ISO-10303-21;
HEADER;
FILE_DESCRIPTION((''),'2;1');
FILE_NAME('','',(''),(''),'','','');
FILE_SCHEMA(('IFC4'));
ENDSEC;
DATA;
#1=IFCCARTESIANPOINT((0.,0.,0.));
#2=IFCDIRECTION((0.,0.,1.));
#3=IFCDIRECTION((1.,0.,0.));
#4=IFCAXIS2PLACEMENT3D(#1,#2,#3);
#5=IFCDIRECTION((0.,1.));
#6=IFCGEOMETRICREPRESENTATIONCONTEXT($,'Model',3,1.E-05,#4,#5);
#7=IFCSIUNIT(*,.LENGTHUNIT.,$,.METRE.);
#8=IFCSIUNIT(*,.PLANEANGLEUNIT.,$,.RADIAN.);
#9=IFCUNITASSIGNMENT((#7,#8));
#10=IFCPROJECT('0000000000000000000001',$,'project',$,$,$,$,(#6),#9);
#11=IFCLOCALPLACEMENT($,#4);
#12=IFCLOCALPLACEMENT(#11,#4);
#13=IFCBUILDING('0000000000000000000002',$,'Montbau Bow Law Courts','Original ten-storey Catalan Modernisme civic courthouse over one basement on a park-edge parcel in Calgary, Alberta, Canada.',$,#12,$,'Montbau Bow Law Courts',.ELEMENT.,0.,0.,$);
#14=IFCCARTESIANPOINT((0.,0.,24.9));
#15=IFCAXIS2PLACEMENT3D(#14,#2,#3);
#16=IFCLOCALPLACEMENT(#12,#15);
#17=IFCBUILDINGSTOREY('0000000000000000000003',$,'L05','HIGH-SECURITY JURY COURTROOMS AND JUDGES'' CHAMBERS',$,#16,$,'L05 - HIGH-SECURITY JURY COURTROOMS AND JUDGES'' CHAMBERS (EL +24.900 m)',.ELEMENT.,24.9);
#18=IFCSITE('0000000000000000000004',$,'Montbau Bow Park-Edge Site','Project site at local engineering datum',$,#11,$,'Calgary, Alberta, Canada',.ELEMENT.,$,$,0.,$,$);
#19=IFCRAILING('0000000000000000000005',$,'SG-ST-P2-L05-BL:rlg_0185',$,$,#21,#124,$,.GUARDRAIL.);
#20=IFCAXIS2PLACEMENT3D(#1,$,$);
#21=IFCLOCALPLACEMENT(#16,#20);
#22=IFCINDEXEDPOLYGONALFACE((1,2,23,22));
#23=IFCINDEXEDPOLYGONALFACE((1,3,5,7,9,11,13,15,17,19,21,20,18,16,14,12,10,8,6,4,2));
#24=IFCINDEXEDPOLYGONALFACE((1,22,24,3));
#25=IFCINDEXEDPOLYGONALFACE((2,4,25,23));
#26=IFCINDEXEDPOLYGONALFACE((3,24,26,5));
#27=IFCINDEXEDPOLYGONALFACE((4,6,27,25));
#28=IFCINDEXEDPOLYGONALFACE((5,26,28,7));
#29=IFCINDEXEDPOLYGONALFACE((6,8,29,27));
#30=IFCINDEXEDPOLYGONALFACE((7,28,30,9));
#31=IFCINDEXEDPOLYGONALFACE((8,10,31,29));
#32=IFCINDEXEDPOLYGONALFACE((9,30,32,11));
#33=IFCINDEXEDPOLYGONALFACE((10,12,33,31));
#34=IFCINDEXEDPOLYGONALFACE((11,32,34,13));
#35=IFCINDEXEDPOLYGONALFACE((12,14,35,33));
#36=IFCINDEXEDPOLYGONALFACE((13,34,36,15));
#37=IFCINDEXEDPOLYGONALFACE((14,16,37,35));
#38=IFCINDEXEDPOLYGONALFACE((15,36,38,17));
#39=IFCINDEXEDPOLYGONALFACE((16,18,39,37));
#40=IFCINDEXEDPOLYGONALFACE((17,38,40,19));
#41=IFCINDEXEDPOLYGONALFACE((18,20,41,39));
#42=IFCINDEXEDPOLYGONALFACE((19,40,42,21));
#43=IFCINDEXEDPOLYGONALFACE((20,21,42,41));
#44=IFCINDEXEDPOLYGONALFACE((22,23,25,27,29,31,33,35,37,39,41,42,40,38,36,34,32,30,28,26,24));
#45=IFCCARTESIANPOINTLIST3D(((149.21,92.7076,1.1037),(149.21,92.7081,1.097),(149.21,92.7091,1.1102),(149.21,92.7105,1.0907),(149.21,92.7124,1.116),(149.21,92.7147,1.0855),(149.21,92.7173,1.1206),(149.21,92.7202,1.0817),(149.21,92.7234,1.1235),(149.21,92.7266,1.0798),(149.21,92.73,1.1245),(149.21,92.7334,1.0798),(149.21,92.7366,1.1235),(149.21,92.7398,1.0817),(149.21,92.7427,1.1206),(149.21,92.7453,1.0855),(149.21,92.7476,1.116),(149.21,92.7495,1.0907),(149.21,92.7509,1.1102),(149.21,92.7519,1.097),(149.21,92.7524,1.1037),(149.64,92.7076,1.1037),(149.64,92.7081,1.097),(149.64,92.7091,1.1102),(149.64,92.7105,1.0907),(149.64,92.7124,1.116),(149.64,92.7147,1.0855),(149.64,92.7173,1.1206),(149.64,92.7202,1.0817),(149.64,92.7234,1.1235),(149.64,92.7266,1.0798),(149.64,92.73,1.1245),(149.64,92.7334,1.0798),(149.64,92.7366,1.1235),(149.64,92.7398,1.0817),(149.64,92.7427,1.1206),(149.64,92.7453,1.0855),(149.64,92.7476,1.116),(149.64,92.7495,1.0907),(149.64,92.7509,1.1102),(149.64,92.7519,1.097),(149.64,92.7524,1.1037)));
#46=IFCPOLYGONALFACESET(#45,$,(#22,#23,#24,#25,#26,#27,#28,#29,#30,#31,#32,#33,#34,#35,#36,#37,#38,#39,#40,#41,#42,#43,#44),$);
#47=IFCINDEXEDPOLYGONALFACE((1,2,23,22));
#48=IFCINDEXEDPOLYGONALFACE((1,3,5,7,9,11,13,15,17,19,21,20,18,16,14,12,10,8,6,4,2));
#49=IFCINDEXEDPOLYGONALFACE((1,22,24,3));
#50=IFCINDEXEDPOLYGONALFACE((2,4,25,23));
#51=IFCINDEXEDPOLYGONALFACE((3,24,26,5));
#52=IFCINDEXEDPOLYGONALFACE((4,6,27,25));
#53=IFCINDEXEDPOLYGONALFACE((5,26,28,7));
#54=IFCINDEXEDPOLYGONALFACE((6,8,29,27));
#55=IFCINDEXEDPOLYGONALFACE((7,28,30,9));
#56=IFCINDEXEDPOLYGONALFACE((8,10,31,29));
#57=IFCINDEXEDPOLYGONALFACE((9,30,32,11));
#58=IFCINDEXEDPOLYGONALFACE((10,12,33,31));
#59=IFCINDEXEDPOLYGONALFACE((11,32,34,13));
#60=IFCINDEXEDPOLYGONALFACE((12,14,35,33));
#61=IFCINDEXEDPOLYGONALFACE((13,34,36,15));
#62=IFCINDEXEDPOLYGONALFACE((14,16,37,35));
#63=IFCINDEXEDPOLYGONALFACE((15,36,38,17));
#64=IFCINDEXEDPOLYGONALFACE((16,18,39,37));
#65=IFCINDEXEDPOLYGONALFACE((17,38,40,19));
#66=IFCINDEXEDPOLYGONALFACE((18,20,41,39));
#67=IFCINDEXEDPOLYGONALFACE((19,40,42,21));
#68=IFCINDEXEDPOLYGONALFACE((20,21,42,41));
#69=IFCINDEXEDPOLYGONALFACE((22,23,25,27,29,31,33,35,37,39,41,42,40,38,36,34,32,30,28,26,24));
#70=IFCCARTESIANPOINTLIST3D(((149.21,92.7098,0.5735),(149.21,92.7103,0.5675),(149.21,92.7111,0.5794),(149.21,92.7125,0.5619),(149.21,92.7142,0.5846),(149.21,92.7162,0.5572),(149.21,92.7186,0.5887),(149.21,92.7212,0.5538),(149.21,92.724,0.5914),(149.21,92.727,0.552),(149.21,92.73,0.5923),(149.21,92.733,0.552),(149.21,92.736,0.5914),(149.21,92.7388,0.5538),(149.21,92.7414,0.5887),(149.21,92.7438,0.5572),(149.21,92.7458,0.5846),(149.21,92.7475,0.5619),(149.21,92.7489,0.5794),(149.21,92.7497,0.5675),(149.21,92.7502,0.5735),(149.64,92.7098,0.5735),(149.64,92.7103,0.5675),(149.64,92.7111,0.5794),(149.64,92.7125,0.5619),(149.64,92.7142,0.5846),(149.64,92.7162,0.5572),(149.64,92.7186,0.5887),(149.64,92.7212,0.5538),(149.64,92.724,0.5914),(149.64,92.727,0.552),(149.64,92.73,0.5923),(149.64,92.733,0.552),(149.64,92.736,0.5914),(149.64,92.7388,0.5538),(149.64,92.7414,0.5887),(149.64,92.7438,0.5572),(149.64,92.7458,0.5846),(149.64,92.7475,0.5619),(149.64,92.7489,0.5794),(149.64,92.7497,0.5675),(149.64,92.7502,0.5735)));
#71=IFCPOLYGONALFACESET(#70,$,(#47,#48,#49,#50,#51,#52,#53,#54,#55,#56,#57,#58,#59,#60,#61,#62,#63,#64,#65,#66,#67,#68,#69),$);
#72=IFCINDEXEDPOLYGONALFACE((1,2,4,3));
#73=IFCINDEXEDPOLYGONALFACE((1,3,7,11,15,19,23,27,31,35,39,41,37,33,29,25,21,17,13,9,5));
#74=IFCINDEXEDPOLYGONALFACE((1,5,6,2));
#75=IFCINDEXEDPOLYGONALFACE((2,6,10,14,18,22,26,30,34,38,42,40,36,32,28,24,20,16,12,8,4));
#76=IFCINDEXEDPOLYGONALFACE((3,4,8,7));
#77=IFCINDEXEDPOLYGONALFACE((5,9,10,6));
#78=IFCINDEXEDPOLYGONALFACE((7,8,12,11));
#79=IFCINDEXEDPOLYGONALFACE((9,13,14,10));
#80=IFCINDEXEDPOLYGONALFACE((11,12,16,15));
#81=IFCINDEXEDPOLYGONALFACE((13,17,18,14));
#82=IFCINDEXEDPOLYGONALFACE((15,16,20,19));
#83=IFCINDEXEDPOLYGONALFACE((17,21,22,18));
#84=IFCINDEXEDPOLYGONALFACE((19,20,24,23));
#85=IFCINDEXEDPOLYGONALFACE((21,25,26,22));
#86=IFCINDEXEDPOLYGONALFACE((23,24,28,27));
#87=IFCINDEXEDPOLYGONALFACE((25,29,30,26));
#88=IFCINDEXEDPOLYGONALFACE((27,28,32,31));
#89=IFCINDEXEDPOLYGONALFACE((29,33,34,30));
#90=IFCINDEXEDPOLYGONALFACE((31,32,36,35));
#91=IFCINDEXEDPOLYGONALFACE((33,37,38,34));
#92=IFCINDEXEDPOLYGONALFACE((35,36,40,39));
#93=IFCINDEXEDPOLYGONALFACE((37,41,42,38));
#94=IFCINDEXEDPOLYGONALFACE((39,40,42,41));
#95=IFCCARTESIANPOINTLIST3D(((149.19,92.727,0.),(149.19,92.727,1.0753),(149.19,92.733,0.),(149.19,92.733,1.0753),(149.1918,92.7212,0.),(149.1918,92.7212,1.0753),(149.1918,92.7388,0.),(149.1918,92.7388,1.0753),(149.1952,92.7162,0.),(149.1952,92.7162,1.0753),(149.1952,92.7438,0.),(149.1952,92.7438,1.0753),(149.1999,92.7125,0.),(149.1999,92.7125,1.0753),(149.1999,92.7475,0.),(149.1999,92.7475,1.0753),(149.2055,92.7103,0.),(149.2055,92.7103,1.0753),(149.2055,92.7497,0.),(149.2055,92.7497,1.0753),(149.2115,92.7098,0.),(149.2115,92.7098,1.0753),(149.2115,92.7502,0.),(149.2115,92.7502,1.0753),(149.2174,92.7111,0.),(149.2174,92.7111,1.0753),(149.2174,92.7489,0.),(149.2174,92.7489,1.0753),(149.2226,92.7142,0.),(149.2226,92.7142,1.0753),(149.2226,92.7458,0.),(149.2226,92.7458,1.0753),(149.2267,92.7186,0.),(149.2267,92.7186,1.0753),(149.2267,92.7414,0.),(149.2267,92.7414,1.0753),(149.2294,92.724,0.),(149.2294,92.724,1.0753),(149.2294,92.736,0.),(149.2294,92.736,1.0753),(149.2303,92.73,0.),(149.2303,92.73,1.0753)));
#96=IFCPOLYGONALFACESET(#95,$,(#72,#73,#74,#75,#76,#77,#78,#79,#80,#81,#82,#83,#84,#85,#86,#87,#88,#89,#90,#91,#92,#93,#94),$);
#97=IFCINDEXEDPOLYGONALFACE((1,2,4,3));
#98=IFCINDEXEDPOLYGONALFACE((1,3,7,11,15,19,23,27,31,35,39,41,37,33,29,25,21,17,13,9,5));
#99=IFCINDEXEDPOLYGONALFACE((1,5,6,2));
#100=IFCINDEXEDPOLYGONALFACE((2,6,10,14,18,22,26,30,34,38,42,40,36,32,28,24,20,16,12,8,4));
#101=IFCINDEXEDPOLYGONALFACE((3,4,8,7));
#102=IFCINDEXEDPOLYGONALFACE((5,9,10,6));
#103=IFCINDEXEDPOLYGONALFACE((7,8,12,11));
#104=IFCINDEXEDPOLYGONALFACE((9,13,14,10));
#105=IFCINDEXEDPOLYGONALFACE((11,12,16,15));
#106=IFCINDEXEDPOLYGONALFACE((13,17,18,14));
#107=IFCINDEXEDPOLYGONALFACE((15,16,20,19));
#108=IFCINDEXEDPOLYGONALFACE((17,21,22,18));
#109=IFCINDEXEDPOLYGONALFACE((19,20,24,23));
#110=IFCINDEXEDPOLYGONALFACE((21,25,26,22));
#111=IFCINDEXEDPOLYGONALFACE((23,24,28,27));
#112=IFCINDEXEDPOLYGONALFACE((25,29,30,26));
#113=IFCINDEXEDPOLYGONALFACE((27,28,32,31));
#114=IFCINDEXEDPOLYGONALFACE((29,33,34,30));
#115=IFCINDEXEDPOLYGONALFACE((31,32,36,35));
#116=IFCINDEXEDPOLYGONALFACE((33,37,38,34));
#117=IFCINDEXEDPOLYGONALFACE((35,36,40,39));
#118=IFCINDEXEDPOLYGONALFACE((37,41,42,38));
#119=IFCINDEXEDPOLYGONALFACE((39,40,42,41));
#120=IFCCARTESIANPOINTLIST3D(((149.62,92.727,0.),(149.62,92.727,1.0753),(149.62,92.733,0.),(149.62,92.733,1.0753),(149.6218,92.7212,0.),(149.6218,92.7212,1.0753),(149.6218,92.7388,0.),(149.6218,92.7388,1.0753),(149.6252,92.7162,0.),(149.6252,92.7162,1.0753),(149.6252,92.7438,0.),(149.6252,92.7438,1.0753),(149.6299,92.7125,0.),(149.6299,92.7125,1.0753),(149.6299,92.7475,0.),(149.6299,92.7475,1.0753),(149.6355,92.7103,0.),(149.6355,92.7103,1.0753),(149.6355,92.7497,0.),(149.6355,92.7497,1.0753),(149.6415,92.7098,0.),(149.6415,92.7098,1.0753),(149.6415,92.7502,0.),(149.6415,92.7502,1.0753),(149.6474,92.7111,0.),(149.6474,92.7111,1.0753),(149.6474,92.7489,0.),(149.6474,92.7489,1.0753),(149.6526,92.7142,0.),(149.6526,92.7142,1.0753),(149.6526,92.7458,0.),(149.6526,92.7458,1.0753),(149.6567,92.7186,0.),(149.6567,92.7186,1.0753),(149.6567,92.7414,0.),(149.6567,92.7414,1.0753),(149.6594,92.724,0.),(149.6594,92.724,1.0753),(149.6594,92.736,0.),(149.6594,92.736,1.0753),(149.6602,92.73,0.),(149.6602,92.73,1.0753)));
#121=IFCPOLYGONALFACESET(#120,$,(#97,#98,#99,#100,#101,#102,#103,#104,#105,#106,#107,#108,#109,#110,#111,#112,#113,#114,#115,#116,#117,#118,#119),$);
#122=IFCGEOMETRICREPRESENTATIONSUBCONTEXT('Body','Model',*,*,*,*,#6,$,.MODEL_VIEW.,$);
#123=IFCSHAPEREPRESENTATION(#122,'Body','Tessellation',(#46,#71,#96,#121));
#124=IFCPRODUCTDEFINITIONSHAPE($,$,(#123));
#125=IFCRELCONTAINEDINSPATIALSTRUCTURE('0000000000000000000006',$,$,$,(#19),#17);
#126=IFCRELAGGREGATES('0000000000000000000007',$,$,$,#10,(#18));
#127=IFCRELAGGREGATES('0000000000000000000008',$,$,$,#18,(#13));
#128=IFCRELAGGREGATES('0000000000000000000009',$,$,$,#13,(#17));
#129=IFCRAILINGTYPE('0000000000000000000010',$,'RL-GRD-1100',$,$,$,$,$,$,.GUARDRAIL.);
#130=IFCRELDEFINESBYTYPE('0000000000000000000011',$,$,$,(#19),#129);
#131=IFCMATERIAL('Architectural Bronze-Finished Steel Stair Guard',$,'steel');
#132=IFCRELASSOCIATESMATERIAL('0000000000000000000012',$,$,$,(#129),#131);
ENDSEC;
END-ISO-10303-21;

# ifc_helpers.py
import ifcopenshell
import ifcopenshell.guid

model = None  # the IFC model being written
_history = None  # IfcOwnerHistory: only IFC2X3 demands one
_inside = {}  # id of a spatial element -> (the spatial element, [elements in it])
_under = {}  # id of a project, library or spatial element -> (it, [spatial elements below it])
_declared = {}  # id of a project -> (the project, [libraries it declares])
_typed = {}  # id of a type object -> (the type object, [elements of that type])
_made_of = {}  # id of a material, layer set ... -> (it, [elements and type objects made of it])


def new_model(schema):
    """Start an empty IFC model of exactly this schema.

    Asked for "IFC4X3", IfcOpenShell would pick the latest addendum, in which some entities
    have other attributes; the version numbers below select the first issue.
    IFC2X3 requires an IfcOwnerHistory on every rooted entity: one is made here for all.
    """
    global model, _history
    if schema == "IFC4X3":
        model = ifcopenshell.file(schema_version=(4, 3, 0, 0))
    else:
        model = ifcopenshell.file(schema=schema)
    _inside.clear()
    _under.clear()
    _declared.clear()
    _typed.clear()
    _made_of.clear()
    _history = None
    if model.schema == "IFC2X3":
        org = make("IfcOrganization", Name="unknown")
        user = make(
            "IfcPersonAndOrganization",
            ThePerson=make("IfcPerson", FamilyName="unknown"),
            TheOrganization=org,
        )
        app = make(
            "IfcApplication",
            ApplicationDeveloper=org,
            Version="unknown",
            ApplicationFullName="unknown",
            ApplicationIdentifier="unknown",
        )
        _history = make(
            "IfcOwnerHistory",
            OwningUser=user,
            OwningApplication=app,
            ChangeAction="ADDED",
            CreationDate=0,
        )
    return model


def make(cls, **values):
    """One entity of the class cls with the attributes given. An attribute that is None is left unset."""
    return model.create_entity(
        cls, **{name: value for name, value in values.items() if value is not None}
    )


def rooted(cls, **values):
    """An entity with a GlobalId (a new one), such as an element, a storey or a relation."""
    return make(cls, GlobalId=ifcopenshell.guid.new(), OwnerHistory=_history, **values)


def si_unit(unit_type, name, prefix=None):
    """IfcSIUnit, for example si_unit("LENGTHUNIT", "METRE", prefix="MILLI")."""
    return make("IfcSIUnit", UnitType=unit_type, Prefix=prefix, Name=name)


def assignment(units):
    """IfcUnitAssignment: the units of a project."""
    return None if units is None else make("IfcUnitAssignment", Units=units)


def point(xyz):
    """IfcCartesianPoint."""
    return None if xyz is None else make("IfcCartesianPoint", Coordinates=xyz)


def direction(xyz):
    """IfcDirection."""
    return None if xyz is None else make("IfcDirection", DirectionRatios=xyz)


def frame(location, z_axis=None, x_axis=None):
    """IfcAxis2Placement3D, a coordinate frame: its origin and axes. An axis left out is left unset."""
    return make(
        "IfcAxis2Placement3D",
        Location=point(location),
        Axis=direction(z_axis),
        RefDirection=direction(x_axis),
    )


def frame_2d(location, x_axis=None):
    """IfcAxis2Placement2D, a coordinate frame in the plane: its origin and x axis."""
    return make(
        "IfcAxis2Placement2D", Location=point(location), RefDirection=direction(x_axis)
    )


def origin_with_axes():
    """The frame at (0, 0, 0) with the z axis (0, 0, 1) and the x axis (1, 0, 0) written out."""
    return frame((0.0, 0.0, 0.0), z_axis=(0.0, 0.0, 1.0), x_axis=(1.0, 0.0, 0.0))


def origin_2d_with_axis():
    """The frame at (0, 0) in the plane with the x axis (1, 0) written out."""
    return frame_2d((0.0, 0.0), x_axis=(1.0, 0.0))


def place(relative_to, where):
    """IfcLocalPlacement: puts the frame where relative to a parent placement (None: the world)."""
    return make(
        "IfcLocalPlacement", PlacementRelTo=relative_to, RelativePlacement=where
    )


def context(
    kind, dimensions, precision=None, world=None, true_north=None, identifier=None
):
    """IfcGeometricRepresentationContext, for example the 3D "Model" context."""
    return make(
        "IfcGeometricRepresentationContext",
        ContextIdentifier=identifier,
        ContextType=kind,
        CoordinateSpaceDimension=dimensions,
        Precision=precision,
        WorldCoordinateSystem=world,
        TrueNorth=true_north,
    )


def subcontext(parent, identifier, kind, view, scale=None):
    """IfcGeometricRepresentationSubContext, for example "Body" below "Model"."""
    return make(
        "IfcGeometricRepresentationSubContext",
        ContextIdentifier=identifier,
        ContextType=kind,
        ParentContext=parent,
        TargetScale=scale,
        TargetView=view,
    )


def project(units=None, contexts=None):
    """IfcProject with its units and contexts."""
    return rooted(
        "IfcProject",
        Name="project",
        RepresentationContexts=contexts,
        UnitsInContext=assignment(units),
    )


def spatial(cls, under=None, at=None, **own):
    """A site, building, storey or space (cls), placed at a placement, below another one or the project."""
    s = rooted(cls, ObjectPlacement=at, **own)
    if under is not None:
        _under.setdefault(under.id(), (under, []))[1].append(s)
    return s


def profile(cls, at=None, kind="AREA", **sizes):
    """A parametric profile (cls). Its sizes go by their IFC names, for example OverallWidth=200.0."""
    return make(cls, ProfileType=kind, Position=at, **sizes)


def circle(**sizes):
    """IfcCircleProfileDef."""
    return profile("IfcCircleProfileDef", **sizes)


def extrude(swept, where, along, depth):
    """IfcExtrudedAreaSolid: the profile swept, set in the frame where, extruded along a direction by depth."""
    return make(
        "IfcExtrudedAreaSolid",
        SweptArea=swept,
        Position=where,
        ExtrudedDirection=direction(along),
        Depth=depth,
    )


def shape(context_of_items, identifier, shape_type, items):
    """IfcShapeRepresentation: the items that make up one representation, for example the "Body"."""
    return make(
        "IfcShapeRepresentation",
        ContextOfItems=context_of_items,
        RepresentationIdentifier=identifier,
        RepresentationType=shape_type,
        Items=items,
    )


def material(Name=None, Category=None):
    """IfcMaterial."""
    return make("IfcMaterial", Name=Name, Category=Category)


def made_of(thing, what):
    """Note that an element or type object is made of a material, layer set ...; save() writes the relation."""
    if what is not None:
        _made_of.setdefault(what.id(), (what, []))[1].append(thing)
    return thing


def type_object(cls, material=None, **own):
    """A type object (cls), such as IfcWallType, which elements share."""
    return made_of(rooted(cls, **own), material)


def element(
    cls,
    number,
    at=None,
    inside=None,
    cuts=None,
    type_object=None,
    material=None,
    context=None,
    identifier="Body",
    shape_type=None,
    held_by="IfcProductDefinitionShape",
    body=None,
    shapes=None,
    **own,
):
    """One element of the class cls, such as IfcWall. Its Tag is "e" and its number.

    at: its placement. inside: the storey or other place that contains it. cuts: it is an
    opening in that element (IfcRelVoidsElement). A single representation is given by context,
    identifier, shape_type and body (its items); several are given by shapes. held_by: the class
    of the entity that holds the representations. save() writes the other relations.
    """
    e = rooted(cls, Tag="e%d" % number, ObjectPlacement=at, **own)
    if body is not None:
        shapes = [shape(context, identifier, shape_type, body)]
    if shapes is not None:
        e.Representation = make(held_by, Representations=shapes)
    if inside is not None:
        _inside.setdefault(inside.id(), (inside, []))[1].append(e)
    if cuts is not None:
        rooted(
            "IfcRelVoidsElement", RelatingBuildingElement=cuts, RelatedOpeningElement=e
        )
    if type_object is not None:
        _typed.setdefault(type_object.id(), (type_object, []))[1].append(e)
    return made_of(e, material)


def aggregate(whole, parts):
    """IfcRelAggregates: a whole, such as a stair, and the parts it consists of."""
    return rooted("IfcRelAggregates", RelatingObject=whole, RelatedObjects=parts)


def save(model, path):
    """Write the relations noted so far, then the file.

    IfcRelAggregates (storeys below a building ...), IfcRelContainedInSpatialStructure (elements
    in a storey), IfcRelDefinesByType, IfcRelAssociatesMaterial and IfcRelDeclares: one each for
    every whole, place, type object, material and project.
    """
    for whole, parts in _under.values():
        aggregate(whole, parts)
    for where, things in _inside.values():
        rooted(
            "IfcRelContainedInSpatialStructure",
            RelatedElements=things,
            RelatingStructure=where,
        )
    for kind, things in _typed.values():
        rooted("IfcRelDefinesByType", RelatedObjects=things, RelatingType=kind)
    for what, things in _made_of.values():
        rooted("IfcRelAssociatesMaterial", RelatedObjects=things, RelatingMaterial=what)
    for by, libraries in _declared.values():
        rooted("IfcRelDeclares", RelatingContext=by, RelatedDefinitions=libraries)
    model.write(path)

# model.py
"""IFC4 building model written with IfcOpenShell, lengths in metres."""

from ifc_helpers import new_model, si_unit, direction, frame, origin_with_axes, origin_2d_with_axis, place, context, subcontext, project, spatial, circle, extrude, material, type_object, element, save


model = new_model("IFC4")

# Units and contexts
model_context = context("Model", 3, precision=1e-05, world=origin_with_axes(), true_north=direction((0.0, 1.0)))
body_context = subcontext(model_context, "Body", "Model", "MODEL_VIEW")
ifc_project = project(units=[si_unit("LENGTHUNIT", "METRE"), si_unit("PLANEANGLEUNIT", "RADIAN")], contexts=[model_context])

# Site, building, storey
site_placement = place(None, origin_with_axes())
site = spatial("IfcSite", under=ifc_project, at=site_placement, Name="Montbau Bow Park-Edge Site", Description="Project site at local engineering datum", LongName="Calgary, Alberta, Canada", CompositionType="ELEMENT", RefElevation=0.0)
building_placement = place(site_placement, origin_with_axes())
building = spatial("IfcBuilding", under=site, at=building_placement, Name="Montbau Bow Law Courts", Description="Original ten-storey Catalan Modernisme civic courthouse over one basement on a park-edge parcel in Calgary, Alberta, Canada.", LongName="Montbau Bow Law Courts", CompositionType="ELEMENT", ElevationOfRefHeight=0.0, ElevationOfTerrain=0.0)
storey_placement = place(building_placement, frame((0.0, 0.0, 24.9), z_axis=(0.0, 0.0, 1.0), x_axis=(1.0, 0.0, 0.0)))
storey = spatial("IfcBuildingStorey", under=building, at=storey_placement, Name="L05", Description="HIGH-SECURITY JURY COURTROOMS AND JUDGES' CHAMBERS", LongName="L05 - HIGH-SECURITY JURY COURTROOMS AND JUDGES' CHAMBERS (EL +24.900 m)", CompositionType="ELEMENT", Elevation=24.9)

# Railing
ifc_material_1 = material(Name="Architectural Bronze-Finished Steel Stair Guard", Category="steel")
railing_type_1 = type_object("IfcRailingType", Name="RL-GRD-1100", PredefinedType="GUARDRAIL", material=ifc_material_1)
railing_1_placement = place(None, origin_with_axes())
element("IfcRailing", 1, at=railing_1_placement, inside=storey, type_object=railing_type_1, Name="SG-ST-P2-L05-BL:rlg_0185", PredefinedType="GUARDRAIL", context=body_context, shape_type="SweptSolid", body=[
    extrude(circle(Radius=0.0225, at=origin_2d_with_axis()), frame((149.21, 92.73, 26.002), z_axis=(1.0, 0.0, 0.0), x_axis=(0.0, 0.0, 1.0)), (0.0, 0.0, 1.0), 0.43),
    extrude(circle(Radius=0.0203, at=origin_2d_with_axis()), frame((149.21, 92.73, 25.472), z_axis=(1.0, 0.0, 0.0), x_axis=(0.0, 0.0, 1.0)), (0.0, 0.0, 1.0), 0.43),
    extrude(circle(Radius=0.0203, at=origin_2d_with_axis()), frame((149.21, 92.73, 24.9), z_axis=(0.0, 0.0, 1.0), x_axis=(1.0, 0.0, 0.0)), (0.0, 0.0, 1.0), 1.0753),
    extrude(circle(Radius=0.0203, at=origin_2d_with_axis()), frame((149.64, 92.73, 24.9), z_axis=(0.0, 0.0, 1.0), x_axis=(1.0, 0.0, 0.0)), (0.0, 0.0, 1.0), 1.0753),
])

save(model, "model.ifc")
